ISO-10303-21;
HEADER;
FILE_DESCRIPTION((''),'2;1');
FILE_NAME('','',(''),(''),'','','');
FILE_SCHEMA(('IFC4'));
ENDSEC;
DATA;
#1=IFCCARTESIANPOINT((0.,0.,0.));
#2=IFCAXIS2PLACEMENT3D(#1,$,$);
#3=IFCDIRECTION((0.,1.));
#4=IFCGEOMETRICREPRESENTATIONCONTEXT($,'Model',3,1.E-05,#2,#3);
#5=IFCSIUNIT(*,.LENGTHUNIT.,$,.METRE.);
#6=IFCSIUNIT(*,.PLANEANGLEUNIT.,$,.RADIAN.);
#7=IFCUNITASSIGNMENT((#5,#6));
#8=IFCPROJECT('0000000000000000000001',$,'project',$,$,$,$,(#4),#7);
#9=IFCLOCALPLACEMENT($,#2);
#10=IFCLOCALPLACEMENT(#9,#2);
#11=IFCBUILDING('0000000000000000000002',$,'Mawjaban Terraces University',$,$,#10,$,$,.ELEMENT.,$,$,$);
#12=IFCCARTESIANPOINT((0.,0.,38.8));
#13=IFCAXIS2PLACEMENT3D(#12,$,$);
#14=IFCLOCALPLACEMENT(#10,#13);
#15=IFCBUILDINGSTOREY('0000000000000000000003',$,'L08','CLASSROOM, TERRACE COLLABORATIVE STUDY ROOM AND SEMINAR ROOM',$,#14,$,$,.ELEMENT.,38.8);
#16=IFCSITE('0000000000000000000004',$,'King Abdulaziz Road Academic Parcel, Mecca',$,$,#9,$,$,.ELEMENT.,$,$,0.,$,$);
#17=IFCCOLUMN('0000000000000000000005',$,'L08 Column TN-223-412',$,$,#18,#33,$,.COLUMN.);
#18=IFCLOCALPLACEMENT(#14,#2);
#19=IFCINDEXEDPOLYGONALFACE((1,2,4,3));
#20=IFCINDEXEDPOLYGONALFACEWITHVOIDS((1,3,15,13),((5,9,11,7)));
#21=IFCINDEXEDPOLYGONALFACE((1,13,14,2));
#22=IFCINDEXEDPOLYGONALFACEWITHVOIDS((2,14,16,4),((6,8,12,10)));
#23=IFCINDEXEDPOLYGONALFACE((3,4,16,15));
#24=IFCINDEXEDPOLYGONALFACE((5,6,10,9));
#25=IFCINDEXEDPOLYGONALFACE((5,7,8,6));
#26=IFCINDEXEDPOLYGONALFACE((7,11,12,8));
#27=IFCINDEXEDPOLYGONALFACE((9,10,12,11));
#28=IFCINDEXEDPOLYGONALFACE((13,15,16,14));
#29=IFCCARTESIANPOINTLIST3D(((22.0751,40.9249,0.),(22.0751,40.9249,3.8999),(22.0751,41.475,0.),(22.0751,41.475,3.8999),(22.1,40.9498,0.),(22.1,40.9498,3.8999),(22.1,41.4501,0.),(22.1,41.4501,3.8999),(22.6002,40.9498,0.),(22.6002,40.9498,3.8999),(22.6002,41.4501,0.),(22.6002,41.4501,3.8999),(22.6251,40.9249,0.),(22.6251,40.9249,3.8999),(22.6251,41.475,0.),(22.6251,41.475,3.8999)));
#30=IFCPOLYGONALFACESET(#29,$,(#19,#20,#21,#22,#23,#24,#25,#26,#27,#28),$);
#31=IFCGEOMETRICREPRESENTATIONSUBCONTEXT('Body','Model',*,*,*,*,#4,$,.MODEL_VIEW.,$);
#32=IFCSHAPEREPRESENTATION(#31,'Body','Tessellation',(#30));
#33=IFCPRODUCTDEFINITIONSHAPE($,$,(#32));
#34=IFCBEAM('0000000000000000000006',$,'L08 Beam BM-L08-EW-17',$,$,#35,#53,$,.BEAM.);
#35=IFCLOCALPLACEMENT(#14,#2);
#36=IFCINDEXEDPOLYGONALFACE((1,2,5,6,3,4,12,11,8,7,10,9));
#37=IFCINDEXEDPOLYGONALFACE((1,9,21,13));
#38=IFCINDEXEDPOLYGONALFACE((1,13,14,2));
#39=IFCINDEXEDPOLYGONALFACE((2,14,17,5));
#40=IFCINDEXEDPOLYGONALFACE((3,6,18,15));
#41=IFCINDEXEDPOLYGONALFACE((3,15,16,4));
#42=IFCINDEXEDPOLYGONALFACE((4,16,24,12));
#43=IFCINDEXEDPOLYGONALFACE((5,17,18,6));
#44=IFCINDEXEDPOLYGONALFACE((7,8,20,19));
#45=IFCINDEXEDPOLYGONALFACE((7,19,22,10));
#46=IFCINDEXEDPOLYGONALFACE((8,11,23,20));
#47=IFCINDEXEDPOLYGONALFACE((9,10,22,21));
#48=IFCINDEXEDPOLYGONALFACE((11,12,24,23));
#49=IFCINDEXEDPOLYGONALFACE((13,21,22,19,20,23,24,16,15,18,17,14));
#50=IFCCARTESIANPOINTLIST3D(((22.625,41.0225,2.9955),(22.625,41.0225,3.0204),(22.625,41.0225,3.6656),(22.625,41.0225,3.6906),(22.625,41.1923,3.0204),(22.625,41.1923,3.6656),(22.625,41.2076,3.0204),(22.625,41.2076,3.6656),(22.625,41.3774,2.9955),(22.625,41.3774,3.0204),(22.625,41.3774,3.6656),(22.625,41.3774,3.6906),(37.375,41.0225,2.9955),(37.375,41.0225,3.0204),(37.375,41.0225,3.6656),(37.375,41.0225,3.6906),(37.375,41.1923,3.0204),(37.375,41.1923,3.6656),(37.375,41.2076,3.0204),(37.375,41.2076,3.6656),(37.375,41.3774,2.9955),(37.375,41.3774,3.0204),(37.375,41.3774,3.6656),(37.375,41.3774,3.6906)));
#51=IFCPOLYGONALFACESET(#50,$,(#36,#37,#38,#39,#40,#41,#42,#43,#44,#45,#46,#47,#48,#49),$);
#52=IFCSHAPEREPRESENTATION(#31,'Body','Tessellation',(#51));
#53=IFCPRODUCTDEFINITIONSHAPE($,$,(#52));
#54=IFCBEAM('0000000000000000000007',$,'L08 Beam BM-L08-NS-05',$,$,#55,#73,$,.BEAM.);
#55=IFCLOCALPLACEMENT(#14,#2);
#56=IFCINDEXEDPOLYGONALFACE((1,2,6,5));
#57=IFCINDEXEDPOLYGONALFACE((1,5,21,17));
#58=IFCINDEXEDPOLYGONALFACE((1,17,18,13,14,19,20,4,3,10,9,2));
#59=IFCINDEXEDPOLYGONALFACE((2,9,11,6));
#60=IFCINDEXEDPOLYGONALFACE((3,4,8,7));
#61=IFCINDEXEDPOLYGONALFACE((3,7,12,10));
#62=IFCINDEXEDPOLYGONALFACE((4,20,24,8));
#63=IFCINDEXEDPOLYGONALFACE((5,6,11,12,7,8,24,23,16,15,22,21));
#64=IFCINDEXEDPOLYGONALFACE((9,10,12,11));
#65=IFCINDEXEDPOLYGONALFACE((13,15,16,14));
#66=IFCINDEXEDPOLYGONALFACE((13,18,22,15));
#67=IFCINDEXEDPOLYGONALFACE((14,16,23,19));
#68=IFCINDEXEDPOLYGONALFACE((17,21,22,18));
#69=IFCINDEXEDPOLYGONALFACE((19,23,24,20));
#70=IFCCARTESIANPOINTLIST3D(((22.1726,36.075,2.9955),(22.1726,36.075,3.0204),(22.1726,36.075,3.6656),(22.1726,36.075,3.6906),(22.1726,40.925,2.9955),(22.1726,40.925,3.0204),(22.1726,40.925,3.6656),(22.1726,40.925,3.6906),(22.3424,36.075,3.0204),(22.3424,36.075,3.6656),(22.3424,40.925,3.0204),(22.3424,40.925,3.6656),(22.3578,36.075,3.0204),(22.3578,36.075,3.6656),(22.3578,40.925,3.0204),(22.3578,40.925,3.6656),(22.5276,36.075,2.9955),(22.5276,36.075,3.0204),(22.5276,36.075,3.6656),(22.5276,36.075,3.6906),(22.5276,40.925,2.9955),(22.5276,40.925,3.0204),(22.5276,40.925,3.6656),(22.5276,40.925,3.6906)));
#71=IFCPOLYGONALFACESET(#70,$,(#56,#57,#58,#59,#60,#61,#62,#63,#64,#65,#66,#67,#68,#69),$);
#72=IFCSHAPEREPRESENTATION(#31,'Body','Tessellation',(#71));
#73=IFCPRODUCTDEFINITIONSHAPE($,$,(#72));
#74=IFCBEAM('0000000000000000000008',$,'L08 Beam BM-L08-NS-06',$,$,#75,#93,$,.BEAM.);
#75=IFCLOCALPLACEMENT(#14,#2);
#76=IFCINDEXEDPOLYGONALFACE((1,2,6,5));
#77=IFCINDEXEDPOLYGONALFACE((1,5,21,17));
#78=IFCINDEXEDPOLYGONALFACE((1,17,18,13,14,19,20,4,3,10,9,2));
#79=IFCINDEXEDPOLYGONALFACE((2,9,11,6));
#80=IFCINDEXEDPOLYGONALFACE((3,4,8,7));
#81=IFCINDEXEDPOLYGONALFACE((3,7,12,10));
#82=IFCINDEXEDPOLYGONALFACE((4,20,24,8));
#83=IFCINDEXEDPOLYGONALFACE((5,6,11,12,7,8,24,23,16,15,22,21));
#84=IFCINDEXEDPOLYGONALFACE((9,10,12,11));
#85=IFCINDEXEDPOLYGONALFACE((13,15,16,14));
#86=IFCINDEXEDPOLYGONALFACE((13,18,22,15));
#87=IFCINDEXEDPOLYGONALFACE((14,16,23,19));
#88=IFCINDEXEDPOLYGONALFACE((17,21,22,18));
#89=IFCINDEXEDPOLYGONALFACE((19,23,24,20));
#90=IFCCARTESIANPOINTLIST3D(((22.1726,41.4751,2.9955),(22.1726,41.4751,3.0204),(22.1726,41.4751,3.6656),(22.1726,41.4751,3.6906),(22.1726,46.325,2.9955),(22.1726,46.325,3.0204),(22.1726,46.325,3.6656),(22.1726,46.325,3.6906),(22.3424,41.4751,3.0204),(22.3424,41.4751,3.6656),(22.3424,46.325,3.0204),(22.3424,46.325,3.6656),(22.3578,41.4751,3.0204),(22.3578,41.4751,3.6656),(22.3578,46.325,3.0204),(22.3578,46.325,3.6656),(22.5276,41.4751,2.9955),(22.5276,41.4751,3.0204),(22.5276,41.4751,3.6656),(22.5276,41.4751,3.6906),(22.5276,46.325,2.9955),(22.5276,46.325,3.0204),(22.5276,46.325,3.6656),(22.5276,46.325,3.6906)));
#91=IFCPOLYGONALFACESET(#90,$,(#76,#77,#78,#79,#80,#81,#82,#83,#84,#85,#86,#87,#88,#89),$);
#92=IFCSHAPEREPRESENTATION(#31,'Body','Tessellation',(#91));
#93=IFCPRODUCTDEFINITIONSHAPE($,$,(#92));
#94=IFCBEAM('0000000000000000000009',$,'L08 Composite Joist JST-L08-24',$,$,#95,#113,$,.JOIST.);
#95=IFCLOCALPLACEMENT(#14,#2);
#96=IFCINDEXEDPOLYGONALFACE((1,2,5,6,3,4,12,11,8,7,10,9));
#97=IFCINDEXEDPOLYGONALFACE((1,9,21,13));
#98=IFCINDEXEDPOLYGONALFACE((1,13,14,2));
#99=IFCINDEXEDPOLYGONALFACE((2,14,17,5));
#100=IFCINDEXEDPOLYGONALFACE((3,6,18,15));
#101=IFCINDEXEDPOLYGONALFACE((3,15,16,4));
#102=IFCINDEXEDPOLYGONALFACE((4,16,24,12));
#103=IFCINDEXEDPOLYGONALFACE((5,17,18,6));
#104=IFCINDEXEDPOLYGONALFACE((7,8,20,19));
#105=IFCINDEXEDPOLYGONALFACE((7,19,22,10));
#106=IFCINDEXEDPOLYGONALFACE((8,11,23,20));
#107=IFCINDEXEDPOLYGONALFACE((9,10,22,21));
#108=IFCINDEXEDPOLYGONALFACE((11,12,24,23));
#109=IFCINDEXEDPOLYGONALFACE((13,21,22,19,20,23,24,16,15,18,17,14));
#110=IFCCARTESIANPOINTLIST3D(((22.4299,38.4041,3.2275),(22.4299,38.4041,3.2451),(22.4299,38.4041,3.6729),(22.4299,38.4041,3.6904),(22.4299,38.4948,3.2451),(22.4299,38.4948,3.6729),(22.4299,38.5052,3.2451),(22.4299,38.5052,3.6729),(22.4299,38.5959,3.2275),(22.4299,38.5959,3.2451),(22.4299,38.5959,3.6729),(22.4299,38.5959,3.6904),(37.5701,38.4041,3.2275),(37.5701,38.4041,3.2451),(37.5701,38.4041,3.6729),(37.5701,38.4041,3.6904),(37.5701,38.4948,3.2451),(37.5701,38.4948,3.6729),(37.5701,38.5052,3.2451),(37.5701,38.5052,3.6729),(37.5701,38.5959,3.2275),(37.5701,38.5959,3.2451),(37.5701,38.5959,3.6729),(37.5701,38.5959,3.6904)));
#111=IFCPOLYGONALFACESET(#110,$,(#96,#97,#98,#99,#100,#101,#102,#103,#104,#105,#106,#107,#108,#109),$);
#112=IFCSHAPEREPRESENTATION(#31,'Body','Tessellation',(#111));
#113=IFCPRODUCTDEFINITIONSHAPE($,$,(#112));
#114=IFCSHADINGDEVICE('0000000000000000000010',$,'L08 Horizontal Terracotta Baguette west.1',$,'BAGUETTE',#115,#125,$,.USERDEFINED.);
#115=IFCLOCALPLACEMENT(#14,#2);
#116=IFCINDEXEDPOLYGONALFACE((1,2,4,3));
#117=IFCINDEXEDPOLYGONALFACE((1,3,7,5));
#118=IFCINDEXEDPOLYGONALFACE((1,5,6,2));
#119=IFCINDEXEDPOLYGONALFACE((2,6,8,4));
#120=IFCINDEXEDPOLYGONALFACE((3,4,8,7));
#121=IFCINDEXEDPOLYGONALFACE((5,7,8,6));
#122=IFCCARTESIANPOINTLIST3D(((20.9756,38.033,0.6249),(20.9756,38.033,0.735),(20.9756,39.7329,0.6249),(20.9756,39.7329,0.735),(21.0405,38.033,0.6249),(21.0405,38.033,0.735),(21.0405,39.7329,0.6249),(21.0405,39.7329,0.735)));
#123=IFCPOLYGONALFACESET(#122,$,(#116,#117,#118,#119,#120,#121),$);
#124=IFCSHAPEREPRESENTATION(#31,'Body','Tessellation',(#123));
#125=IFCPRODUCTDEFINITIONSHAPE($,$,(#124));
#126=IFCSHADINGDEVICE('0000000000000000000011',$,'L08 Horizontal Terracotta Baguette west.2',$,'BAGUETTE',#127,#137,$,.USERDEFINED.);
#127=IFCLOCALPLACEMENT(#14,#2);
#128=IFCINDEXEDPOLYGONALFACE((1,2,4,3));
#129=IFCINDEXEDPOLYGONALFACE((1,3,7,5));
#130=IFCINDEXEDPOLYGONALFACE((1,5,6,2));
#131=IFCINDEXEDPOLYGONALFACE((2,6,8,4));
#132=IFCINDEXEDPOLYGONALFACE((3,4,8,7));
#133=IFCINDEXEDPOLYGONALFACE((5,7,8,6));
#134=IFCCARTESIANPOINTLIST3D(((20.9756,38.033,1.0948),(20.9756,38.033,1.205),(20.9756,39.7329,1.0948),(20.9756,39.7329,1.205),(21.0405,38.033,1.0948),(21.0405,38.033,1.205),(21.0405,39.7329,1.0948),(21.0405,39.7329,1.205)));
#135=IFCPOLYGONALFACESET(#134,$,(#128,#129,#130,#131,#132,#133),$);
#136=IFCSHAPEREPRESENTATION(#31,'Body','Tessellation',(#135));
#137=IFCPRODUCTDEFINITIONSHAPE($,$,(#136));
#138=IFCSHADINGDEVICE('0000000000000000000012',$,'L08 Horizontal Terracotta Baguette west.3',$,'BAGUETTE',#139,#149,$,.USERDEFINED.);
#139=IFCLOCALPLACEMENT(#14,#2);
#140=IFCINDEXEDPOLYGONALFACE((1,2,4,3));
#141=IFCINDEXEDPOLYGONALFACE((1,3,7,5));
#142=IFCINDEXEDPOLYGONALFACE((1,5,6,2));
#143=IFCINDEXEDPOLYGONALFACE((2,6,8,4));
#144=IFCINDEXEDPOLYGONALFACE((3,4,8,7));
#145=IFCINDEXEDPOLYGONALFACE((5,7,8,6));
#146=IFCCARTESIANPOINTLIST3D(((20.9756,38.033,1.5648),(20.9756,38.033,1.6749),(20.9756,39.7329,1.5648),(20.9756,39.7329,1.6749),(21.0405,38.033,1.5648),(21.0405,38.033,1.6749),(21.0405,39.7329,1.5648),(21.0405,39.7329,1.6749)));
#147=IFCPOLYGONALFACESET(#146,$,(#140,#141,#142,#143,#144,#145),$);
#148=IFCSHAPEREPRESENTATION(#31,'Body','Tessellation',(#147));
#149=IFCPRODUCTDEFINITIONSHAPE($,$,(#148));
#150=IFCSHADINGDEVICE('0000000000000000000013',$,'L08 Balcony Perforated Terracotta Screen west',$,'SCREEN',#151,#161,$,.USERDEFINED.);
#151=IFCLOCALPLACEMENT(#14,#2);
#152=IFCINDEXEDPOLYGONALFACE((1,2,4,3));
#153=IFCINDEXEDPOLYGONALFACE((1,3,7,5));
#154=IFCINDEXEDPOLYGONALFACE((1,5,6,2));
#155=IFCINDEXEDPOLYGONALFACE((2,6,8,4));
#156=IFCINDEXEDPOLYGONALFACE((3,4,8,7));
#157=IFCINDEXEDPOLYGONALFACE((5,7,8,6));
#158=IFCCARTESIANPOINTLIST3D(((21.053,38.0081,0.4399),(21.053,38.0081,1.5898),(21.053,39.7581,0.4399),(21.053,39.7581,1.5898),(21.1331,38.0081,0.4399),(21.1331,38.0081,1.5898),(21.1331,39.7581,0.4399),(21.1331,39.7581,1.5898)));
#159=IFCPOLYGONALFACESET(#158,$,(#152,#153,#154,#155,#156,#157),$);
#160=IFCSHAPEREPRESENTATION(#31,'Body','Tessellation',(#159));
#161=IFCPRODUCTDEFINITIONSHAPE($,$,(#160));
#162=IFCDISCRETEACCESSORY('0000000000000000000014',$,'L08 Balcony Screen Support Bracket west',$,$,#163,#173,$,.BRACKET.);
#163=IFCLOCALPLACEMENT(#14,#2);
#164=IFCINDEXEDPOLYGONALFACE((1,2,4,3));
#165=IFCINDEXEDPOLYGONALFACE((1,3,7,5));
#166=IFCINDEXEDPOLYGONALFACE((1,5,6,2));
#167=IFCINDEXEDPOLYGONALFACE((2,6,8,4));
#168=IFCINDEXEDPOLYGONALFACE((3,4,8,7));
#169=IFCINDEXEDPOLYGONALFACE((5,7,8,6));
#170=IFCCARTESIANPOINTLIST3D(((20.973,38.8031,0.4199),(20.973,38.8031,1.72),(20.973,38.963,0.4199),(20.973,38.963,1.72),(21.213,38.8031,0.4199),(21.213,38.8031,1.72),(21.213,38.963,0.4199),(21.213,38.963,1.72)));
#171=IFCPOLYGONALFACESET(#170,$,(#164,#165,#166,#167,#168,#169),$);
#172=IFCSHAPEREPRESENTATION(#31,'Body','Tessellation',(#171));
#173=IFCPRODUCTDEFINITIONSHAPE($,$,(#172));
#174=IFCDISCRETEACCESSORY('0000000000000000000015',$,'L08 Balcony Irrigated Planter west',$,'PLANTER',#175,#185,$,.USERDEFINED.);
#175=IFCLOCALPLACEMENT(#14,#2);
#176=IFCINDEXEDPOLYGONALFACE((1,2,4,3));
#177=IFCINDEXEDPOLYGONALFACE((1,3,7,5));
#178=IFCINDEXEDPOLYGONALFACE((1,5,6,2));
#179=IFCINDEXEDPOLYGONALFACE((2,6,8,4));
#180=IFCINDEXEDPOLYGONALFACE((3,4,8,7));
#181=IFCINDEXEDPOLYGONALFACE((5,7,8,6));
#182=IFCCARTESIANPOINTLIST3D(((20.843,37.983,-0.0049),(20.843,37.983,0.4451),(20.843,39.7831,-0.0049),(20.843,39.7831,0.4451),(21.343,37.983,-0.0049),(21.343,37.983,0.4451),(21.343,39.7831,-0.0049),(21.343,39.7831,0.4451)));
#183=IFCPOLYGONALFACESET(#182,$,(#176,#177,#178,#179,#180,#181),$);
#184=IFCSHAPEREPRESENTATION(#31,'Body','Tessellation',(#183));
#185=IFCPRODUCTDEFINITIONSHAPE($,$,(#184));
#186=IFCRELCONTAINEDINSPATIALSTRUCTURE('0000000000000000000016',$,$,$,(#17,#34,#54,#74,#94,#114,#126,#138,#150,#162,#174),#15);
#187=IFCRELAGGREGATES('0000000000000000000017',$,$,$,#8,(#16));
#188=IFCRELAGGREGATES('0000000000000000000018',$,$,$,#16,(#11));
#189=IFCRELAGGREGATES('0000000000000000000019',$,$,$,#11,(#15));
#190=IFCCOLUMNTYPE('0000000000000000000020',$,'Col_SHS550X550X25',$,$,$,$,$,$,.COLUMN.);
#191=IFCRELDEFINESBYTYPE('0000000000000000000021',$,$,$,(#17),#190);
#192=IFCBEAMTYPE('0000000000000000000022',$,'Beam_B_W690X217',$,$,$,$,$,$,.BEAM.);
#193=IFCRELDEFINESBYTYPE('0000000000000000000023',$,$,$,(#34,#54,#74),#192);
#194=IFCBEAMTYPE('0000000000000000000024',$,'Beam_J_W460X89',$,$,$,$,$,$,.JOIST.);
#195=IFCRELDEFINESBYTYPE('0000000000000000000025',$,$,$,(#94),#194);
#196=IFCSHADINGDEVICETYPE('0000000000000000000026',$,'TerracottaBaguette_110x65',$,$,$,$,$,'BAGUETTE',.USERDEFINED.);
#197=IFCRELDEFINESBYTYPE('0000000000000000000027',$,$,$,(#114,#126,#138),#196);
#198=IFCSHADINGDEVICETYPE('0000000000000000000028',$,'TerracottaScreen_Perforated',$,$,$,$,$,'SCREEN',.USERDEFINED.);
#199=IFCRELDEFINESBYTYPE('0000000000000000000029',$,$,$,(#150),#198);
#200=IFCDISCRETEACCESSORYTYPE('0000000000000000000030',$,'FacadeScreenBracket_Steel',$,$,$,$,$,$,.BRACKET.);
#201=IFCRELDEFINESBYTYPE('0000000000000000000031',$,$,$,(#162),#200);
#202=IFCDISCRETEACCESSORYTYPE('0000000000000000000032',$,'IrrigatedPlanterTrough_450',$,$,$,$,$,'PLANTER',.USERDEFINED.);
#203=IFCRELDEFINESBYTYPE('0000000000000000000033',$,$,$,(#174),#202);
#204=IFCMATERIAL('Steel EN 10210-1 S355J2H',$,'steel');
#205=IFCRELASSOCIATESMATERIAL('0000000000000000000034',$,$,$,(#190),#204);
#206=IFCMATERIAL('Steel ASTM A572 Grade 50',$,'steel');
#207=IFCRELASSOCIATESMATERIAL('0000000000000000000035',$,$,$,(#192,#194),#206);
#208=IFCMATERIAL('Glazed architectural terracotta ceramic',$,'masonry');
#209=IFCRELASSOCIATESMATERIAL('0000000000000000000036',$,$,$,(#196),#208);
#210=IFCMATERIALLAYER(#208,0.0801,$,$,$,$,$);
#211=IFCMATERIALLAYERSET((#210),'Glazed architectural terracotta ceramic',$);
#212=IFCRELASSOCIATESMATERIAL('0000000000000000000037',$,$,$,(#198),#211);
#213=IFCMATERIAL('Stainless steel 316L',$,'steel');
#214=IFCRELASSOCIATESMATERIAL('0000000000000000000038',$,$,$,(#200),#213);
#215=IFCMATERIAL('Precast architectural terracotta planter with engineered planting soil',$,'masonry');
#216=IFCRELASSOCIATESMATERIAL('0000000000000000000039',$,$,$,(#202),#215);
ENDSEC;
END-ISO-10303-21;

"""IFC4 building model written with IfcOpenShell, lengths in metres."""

from ifc_helpers import new_model, si_unit, direction, frame, origin, origin_2d, place, context, subcontext, project, spatial, rectangle, hollow_rectangle, i_section, extrude, material, layer, layer_set, material_profile, profile_set, type_object, element, save


model = new_model("IFC4")

# Units and contexts
model_context = context("Model", 3, precision=1e-05, world=origin(), true_north=direction((0.0, 1.0)))
body_context = subcontext(model_context, "Body", "Model", "MODEL_VIEW")
ifc_project = project(units=[si_unit("LENGTHUNIT", "METRE"), si_unit("PLANEANGLEUNIT", "RADIAN")], contexts=[model_context])

# Site, building, storey
site_placement = place(None, origin())
site = spatial("IfcSite", under=ifc_project, at=site_placement, Name="King Abdulaziz Road Academic Parcel, Mecca", CompositionType="ELEMENT", RefElevation=0.0)
building_placement = place(site_placement, origin())
building = spatial("IfcBuilding", under=site, at=building_placement, Name="Mawjaban Terraces University", CompositionType="ELEMENT")
storey_placement = place(building_placement, frame((0.0, 0.0, 38.8)))
storey = spatial("IfcBuildingStorey", under=building, at=storey_placement, Name="L08", Description="CLASSROOM, TERRACE COLLABORATIVE STUDY ROOM AND SEMINAR ROOM", CompositionType="ELEMENT", Elevation=38.8)

# Column
ifc_material_1 = material(Name="Steel EN 10210-1 S355J2H", Category="steel")
ifc_material_profile_1 = material_profile(ifc_material_1, hollow_rectangle(XDim=0.55, YDim=0.55, WallThickness=0.0249, at=origin_2d()), Name="SHS550X550X25")
ifc_profile_set_1 = profile_set([ifc_material_profile_1], Name="Steel EN 10210-1 S355J2H")
column_type = type_object("IfcColumnType", Name="Col_SHS550X550X25", PredefinedType="COLUMN", material=ifc_profile_set_1)
column_placement = place(storey_placement, frame((22.3501, 41.2, 0.0), z_axis=(0.0, 0.0, 1.0), x_axis=(1.0, 0.0, 0.0)))
element("IfcColumn", 1, at=column_placement, inside=storey, type_object=column_type, Name="L08 Column TN-223-412", PredefinedType="COLUMN", context=body_context, shape_type="SweptSolid", body=[
    extrude(hollow_rectangle(XDim=0.55, YDim=0.55, WallThickness=0.0249, at=origin_2d()), origin(), (0.0, 0.0, 1.0), 3.8999),
])

# Beams
ifc_material_2 = material(Name="Steel ASTM A572 Grade 50", Category="steel")
ifc_material_profile_2 = material_profile(ifc_material_2, i_section(OverallWidth=0.355, OverallDepth=0.6951, WebThickness=0.0154, FlangeThickness=0.0249, at=origin_2d()), Name="W690X217")
ifc_profile_set_2 = profile_set([ifc_material_profile_2], Name="Steel ASTM A572 Grade 50")
beam_type_1 = type_object("IfcBeamType", Name="Beam_B_W690X217", PredefinedType="BEAM", material=ifc_profile_set_2)
beam_1_placement = place(storey_placement, frame((22.625, 41.2, 3.343), z_axis=(1.0, 0.0, 0.0), x_axis=(0.0, 1.0, 0.0)))
element("IfcBeam", 2, at=beam_1_placement, inside=storey, type_object=beam_type_1, Name="L08 Beam BM-L08-EW-17", PredefinedType="BEAM", context=body_context, shape_type="SweptSolid", body=[
    extrude(i_section(OverallWidth=0.355, OverallDepth=0.6951, WebThickness=0.0154, FlangeThickness=0.0249, at=origin_2d()), origin(), (0.0, 0.0, 1.0), 14.75),
])
beam_2_placement = place(storey_placement, frame((22.3501, 36.075, 3.343), z_axis=(0.0, 1.0, 0.0), x_axis=(-1.0, 0.0, 0.0)))
element("IfcBeam", 3, at=beam_2_placement, inside=storey, type_object=beam_type_1, Name="L08 Beam BM-L08-NS-05", PredefinedType="BEAM", context=body_context, shape_type="SweptSolid", body=[
    extrude(i_section(OverallWidth=0.355, OverallDepth=0.6951, WebThickness=0.0154, FlangeThickness=0.0249, at=origin_2d()), origin(), (0.0, 0.0, 1.0), 4.8501),
])
beam_3_placement = place(storey_placement, frame((22.3501, 41.4751, 3.343), z_axis=(0.0, 1.0, 0.0), x_axis=(-1.0, 0.0, 0.0)))
element("IfcBeam", 4, at=beam_3_placement, inside=storey, type_object=beam_type_1, Name="L08 Beam BM-L08-NS-06", PredefinedType="BEAM", context=body_context, shape_type="SweptSolid", body=[
    extrude(i_section(OverallWidth=0.355, OverallDepth=0.6951, WebThickness=0.0154, FlangeThickness=0.0249, at=origin_2d()), origin(), (0.0, 0.0, 1.0), 4.8499),
])
ifc_material_profile_3 = material_profile(ifc_material_2, i_section(OverallWidth=0.1919, OverallDepth=0.4629, WebThickness=0.0105, FlangeThickness=0.0176, at=origin_2d()), Name="W460X89")
ifc_profile_set_3 = profile_set([ifc_material_profile_3], Name="Steel ASTM A572 Grade 50")
beam_type_2 = type_object("IfcBeamType", Name="Beam_J_W460X89", PredefinedType="JOIST", material=ifc_profile_set_3)
beam_4_placement = place(storey_placement, frame((22.4299, 38.5, 3.459), z_axis=(1.0, 0.0, 0.0), x_axis=(0.0, 1.0, 0.0)))
element("IfcBeam", 5, at=beam_4_placement, inside=storey, type_object=beam_type_2, Name="L08 Composite Joist JST-L08-24", PredefinedType="JOIST", context=body_context, shape_type="SweptSolid", body=[
    extrude(i_section(OverallWidth=0.1919, OverallDepth=0.4629, WebThickness=0.0105, FlangeThickness=0.0176, at=origin_2d()), origin(), (0.0, 0.0, 1.0), 15.1401),
])

# Shading devices
ifc_material_3 = material(Name="Glazed architectural terracotta ceramic", Category="masonry")
ifc_material_profile_4 = material_profile(ifc_material_3, rectangle(XDim=0.0649, YDim=0.1101, at=origin_2d()), Name="TBAG110X65")
ifc_profile_set_4 = profile_set([ifc_material_profile_4], Name="Glazed architectural terracotta ceramic")
shading_device_type_1 = type_object("IfcShadingDeviceType", Name="TerracottaBaguette_110x65", ElementType="BAGUETTE", PredefinedType="USERDEFINED", material=ifc_profile_set_4)
for number, where, z_axis, x_axis, name in (
    (6, (21.0081, 38.033, 0.6799), (0.0, 1.0, 0.0), (-1.0, 0.0, 0.0), "L08 Horizontal Terracotta Baguette west.1"),
    (7, (21.0081, 38.033, 1.1499), (0.0, 1.0, 0.0), (-1.0, 0.0, 0.0), "L08 Horizontal Terracotta Baguette west.2"),
    (8, (21.0081, 38.033, 1.6199), (0.0, 1.0, 0.0), (-1.0, 0.0, 0.0), "L08 Horizontal Terracotta Baguette west.3"),
):
    element("IfcShadingDevice", number, at=place(storey_placement, frame(where, z_axis=z_axis, x_axis=x_axis)), inside=storey, type_object=shading_device_type_1, Name=name, ObjectType="BAGUETTE", PredefinedType="USERDEFINED", context=body_context, shape_type="SweptSolid", body=[
        extrude(rectangle(XDim=0.0649, YDim=0.1101, at=origin_2d()), origin(), (0.0, 0.0, 1.0), 1.7),
    ])
ifc_layer = layer(ifc_material_3, 0.0801)
ifc_layer_set = layer_set([ifc_layer], Name="Glazed architectural terracotta ceramic")
shading_device_type_2 = type_object("IfcShadingDeviceType", Name="TerracottaScreen_Perforated", ElementType="SCREEN", PredefinedType="USERDEFINED", material=ifc_layer_set)
shading_device_placement = place(storey_placement, frame((21.093, 38.8831, 0.4399), z_axis=(0.0, 0.0, 1.0), x_axis=(0.0, 1.0, 0.0)))
element("IfcShadingDevice", 9, at=shading_device_placement, inside=storey, type_object=shading_device_type_2, Name="L08 Balcony Perforated Terracotta Screen west", ObjectType="SCREEN", PredefinedType="USERDEFINED", context=body_context, shape_type="SweptSolid", body=[
    extrude(rectangle(XDim=1.75, YDim=0.0801, at=origin_2d()), origin(), (0.0, 0.0, 1.0), 1.1499),
])

# Discrete accessories
ifc_material_4 = material(Name="Stainless steel 316L", Category="steel")
discrete_accessory_type_1 = type_object("IfcDiscreteAccessoryType", Name="FacadeScreenBracket_Steel", PredefinedType="BRACKET", material=ifc_material_4)
discrete_accessory_1_placement = place(storey_placement, frame((21.093, 38.8831, 0.4199), z_axis=(0.0, 0.0, 1.0), x_axis=(0.0, 1.0, 0.0)))
element("IfcDiscreteAccessory", 10, at=discrete_accessory_1_placement, inside=storey, type_object=discrete_accessory_type_1, Name="L08 Balcony Screen Support Bracket west", PredefinedType="BRACKET", context=body_context, shape_type="SweptSolid", body=[
    extrude(rectangle(XDim=0.1599, YDim=0.24, at=origin_2d()), origin(), (0.0, 0.0, 1.0), 1.3),
])
ifc_material_5 = material(Name="Precast architectural terracotta planter with engineered planting soil", Category="masonry")
discrete_accessory_type_2 = type_object("IfcDiscreteAccessoryType", Name="IrrigatedPlanterTrough_450", ElementType="PLANTER", PredefinedType="USERDEFINED", material=ifc_material_5)
discrete_accessory_2_placement = place(storey_placement, frame((21.093, 38.8831, -0.0049), z_axis=(0.0, 0.0, 1.0), x_axis=(0.0, 1.0, 0.0)))
element("IfcDiscreteAccessory", 11, at=discrete_accessory_2_placement, inside=storey, type_object=discrete_accessory_type_2, Name="L08 Balcony Irrigated Planter west", ObjectType="PLANTER", PredefinedType="USERDEFINED", context=body_context, shape_type="SweptSolid", body=[
    extrude(rectangle(XDim=1.8, YDim=0.5, at=origin_2d()), origin(), (0.0, 0.0, 1.0), 0.45),
])

save(model, "model.ifc")
